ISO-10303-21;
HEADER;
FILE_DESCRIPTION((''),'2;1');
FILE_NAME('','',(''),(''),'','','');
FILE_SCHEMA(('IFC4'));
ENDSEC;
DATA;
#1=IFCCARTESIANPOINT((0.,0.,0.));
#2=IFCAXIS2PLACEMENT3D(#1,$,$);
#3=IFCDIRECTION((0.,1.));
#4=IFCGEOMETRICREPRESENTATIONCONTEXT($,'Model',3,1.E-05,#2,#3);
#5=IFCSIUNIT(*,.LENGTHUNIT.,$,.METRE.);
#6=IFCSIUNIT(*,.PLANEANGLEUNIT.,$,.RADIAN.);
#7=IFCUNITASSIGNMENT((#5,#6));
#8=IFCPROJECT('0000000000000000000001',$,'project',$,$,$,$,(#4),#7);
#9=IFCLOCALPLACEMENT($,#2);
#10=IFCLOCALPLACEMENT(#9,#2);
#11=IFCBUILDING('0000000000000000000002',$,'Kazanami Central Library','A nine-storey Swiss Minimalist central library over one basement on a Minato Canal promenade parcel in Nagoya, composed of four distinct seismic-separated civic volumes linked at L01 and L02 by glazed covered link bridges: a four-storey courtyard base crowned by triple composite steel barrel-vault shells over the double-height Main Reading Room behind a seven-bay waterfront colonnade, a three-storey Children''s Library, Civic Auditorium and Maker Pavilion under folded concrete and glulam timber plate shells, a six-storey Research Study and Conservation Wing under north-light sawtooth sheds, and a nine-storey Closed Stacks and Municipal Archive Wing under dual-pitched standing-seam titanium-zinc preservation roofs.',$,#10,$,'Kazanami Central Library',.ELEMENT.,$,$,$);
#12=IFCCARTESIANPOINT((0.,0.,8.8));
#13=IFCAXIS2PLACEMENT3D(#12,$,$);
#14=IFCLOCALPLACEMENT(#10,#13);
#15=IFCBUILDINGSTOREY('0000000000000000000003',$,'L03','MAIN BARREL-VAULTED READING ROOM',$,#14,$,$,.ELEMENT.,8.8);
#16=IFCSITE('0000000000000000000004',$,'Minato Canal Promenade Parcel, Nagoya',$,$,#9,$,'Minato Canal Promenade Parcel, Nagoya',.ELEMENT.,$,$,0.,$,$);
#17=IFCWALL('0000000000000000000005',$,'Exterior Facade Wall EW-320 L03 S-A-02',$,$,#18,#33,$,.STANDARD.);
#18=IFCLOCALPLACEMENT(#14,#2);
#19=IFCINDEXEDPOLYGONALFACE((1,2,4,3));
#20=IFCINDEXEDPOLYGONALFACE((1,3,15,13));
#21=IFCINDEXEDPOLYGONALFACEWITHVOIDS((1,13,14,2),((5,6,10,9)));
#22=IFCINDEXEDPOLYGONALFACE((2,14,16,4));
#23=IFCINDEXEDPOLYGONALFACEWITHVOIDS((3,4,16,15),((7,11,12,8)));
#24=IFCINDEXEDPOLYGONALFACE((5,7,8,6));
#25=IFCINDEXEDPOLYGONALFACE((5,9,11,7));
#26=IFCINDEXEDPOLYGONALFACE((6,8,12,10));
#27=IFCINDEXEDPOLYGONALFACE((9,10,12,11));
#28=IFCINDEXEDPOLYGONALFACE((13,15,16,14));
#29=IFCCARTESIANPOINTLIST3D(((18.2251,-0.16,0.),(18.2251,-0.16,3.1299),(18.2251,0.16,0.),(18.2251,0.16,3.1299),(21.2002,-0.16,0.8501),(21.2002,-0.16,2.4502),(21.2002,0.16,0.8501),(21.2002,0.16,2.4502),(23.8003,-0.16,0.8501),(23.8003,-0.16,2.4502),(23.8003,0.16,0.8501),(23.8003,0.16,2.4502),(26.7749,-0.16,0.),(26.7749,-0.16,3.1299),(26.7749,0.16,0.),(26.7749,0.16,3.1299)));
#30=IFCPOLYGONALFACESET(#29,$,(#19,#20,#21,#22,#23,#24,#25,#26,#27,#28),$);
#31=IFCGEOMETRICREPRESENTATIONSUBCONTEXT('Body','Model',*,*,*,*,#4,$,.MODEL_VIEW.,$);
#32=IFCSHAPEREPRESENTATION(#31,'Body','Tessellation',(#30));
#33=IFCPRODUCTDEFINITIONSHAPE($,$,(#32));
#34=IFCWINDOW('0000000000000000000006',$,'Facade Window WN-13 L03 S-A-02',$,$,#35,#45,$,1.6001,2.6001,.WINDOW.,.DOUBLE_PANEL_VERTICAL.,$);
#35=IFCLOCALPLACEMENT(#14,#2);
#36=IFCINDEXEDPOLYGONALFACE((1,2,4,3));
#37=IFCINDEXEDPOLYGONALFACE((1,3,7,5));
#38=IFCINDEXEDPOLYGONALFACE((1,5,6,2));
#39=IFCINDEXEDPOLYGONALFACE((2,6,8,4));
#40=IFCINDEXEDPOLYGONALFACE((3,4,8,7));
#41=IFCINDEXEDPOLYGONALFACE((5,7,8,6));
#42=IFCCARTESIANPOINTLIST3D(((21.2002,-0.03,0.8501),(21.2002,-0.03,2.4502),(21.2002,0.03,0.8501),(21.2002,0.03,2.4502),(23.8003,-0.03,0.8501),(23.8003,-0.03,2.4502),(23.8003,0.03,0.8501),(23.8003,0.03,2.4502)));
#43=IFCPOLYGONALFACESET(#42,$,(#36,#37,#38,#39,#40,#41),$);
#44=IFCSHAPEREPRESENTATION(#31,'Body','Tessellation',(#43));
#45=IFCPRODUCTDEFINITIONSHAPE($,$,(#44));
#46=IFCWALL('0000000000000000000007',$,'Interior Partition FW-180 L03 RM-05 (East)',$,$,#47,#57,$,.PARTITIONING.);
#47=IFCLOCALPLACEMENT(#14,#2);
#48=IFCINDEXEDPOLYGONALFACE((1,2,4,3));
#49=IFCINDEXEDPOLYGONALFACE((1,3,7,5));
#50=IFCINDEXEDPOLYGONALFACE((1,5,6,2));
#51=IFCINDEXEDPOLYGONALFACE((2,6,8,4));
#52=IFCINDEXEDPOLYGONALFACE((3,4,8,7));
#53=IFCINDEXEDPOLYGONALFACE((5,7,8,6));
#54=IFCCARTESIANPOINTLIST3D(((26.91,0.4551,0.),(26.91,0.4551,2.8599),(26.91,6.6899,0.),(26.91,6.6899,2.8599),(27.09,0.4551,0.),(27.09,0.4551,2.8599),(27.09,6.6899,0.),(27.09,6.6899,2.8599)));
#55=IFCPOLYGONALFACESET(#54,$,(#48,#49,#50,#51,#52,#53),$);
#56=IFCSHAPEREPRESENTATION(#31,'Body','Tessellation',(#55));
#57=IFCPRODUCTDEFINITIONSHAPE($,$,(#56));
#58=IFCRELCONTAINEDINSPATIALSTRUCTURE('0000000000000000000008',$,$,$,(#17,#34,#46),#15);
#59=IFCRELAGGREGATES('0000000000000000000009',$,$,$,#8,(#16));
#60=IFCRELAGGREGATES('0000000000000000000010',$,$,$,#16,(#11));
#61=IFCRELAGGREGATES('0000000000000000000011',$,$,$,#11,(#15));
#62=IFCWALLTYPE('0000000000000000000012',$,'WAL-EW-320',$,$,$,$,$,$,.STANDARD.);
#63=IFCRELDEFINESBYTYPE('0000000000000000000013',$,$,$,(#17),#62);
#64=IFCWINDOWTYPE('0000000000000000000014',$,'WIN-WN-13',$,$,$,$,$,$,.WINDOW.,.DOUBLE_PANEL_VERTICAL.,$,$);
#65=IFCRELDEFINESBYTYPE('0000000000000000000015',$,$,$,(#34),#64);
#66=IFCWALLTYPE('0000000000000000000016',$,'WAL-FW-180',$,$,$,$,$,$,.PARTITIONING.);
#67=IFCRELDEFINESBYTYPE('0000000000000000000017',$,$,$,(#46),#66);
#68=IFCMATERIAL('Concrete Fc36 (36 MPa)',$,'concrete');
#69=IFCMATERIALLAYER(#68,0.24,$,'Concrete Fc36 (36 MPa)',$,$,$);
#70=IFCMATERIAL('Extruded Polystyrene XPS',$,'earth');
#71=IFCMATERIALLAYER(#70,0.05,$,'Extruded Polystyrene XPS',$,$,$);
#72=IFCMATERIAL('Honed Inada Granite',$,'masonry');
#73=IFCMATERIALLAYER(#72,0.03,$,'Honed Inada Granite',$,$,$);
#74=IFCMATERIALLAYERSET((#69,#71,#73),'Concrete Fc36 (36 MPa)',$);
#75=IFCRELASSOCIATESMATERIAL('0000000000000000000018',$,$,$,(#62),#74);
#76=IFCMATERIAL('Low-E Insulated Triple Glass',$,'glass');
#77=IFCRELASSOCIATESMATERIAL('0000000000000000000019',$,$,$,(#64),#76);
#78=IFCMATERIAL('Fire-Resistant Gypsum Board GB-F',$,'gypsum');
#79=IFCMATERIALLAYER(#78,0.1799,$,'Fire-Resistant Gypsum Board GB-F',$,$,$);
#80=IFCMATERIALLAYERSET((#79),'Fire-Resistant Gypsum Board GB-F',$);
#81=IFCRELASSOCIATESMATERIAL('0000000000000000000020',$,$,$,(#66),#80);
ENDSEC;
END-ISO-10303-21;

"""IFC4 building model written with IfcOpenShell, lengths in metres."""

from ifc_helpers import new_model, si_unit, direction, frame, frame_2d, origin, place, context, subcontext, project, spatial, rectangle, extrude, material, layer, layer_set, type_object, element, fill, save


model = new_model("IFC4")

# Units and contexts
model_context = context("Model", 3, precision=1e-05, world=origin(), true_north=direction((0.0, 1.0)))
body_context = subcontext(model_context, "Body", "Model", "MODEL_VIEW")
ifc_project = project(units=[si_unit("LENGTHUNIT", "METRE"), si_unit("PLANEANGLEUNIT", "RADIAN")], contexts=[model_context])

# Site, building, storey
site_placement = place(None, origin())
site = spatial("IfcSite", under=ifc_project, at=site_placement, Name="Minato Canal Promenade Parcel, Nagoya", LongName="Minato Canal Promenade Parcel, Nagoya", CompositionType="ELEMENT", RefElevation=0.0)
building_placement = place(site_placement, origin())
building = spatial("IfcBuilding", under=site, at=building_placement, Name="Kazanami Central Library", Description="A nine-storey Swiss Minimalist central library over one basement on a Minato Canal promenade parcel in Nagoya, composed of four distinct seismic-separated civic volumes linked at L01 and L02 by glazed covered link bridges: a four-storey courtyard base crowned by triple composite steel barrel-vault shells over the double-height Main Reading Room behind a seven-bay waterfront colonnade, a three-storey Children's Library, Civic Auditorium and Maker Pavilion under folded concrete and glulam timber plate shells, a six-storey Research Study and Conservation Wing under north-light sawtooth sheds, and a nine-storey Closed Stacks and Municipal Archive Wing under dual-pitched standing-seam titanium-zinc preservation roofs.", LongName="Kazanami Central Library", CompositionType="ELEMENT")
storey_placement = place(building_placement, frame((0.0, 0.0, 8.8)))
storey = spatial("IfcBuildingStorey", under=building, at=storey_placement, Name="L03", Description="MAIN BARREL-VAULTED READING ROOM", CompositionType="ELEMENT", Elevation=8.8)

# Shared definitions
ifc_material_1 = material(Name="Low-E Insulated Triple Glass", Category="glass")

# Wall, opening, window
ifc_material_2 = material(Name="Concrete Fc36 (36 MPa)", Category="concrete")
ifc_layer_1 = layer(ifc_material_2, 0.24, Name="Concrete Fc36 (36 MPa)")
ifc_material_3 = material(Name="Extruded Polystyrene XPS", Category="earth")
ifc_layer_2 = layer(ifc_material_3, 0.05, Name="Extruded Polystyrene XPS")
ifc_material_4 = material(Name="Honed Inada Granite", Category="masonry")
ifc_layer_3 = layer(ifc_material_4, 0.03, Name="Honed Inada Granite")
ifc_layer_set_1 = layer_set([ifc_layer_1, ifc_layer_2, ifc_layer_3], Name="Concrete Fc36 (36 MPa)")
wall_type_1 = type_object("IfcWallType", Name="WAL-EW-320", PredefinedType="STANDARD", material=ifc_layer_set_1)
window_type = type_object("IfcWindowType", Name="WIN-WN-13", PartitioningType="DOUBLE_PANEL_VERTICAL", PredefinedType="WINDOW", material=ifc_material_1)
wall_1_placement = place(storey_placement, frame((18.2251, 0.0, 0.0), z_axis=(0.0, 0.0, 1.0), x_axis=(1.0, 0.0, 0.0)))
wall_1 = element("IfcWall", 1, at=wall_1_placement, inside=storey, type_object=wall_type_1, Name="Exterior Facade Wall EW-320 L03 S-A-02", PredefinedType="STANDARD", context=body_context, shape_type="SweptSolid", body=[
    extrude(rectangle(XDim=8.5498, YDim=0.3201, at=frame_2d((4.2749, 0.0))), origin(), (0.0, 0.0, 1.0), 3.1299),
])
opening_1_placement = place(wall_1_placement, frame((2.9751, 0.0, 0.8501)))
opening_1 = element("IfcOpeningElement", 2, at=opening_1_placement, cuts=wall_1, PredefinedType="OPENING", context=body_context, shape_type="SweptSolid", body=[
    extrude(rectangle(XDim=2.6001, YDim=1.6001, at=frame_2d((1.3, 0.8))), frame((0.0, 0.1719, 0.0), z_axis=(0.0, -1.0, 0.0), x_axis=(1.0, 0.0, 0.0)), (0.0, 0.0, 1.0), 0.344),
])
window_1_placement = place(opening_1_placement, origin())
window_1 = element("IfcWindow", 3, at=window_1_placement, inside=storey, type_object=window_type, Name="Facade Window WN-13 L03 S-A-02", OverallHeight=1.6001, OverallWidth=2.6001, PartitioningType="DOUBLE_PANEL_VERTICAL", PredefinedType="WINDOW", context=body_context, shape_type="SweptSolid", body=[
    extrude(rectangle(XDim=2.6001, YDim=1.6001, at=frame_2d((1.3, 0.8))), frame((0.0, 0.03, 0.0), z_axis=(0.0, -1.0, 0.0), x_axis=(1.0, 0.0, 0.0)), (0.0, 0.0, 1.0), 0.0601),
])
fill(opening_1, window_1)

# Wall
ifc_material_5 = material(Name="Fire-Resistant Gypsum Board GB-F", Category="gypsum")
ifc_layer_4 = layer(ifc_material_5, 0.1799, Name="Fire-Resistant Gypsum Board GB-F")
ifc_layer_set_2 = layer_set([ifc_layer_4], Name="Fire-Resistant Gypsum Board GB-F")
wall_type_2 = type_object("IfcWallType", Name="WAL-FW-180", PredefinedType="PARTITIONING", material=ifc_layer_set_2)
wall_2_placement = place(storey_placement, frame((27.0, 0.4551, 0.0), z_axis=(0.0, 0.0, 1.0), x_axis=(0.0, 1.0, 0.0)))
element("IfcWall", 4, at=wall_2_placement, inside=storey, type_object=wall_type_2, Name="Interior Partition FW-180 L03 RM-05 (East)", PredefinedType="PARTITIONING", context=body_context, shape_type="SweptSolid", body=[
    extrude(rectangle(XDim=6.2349, YDim=0.1799, at=frame_2d((3.1174, 0.0))), origin(), (0.0, 0.0, 1.0), 2.8599),
])

save(model, "model.ifc")
